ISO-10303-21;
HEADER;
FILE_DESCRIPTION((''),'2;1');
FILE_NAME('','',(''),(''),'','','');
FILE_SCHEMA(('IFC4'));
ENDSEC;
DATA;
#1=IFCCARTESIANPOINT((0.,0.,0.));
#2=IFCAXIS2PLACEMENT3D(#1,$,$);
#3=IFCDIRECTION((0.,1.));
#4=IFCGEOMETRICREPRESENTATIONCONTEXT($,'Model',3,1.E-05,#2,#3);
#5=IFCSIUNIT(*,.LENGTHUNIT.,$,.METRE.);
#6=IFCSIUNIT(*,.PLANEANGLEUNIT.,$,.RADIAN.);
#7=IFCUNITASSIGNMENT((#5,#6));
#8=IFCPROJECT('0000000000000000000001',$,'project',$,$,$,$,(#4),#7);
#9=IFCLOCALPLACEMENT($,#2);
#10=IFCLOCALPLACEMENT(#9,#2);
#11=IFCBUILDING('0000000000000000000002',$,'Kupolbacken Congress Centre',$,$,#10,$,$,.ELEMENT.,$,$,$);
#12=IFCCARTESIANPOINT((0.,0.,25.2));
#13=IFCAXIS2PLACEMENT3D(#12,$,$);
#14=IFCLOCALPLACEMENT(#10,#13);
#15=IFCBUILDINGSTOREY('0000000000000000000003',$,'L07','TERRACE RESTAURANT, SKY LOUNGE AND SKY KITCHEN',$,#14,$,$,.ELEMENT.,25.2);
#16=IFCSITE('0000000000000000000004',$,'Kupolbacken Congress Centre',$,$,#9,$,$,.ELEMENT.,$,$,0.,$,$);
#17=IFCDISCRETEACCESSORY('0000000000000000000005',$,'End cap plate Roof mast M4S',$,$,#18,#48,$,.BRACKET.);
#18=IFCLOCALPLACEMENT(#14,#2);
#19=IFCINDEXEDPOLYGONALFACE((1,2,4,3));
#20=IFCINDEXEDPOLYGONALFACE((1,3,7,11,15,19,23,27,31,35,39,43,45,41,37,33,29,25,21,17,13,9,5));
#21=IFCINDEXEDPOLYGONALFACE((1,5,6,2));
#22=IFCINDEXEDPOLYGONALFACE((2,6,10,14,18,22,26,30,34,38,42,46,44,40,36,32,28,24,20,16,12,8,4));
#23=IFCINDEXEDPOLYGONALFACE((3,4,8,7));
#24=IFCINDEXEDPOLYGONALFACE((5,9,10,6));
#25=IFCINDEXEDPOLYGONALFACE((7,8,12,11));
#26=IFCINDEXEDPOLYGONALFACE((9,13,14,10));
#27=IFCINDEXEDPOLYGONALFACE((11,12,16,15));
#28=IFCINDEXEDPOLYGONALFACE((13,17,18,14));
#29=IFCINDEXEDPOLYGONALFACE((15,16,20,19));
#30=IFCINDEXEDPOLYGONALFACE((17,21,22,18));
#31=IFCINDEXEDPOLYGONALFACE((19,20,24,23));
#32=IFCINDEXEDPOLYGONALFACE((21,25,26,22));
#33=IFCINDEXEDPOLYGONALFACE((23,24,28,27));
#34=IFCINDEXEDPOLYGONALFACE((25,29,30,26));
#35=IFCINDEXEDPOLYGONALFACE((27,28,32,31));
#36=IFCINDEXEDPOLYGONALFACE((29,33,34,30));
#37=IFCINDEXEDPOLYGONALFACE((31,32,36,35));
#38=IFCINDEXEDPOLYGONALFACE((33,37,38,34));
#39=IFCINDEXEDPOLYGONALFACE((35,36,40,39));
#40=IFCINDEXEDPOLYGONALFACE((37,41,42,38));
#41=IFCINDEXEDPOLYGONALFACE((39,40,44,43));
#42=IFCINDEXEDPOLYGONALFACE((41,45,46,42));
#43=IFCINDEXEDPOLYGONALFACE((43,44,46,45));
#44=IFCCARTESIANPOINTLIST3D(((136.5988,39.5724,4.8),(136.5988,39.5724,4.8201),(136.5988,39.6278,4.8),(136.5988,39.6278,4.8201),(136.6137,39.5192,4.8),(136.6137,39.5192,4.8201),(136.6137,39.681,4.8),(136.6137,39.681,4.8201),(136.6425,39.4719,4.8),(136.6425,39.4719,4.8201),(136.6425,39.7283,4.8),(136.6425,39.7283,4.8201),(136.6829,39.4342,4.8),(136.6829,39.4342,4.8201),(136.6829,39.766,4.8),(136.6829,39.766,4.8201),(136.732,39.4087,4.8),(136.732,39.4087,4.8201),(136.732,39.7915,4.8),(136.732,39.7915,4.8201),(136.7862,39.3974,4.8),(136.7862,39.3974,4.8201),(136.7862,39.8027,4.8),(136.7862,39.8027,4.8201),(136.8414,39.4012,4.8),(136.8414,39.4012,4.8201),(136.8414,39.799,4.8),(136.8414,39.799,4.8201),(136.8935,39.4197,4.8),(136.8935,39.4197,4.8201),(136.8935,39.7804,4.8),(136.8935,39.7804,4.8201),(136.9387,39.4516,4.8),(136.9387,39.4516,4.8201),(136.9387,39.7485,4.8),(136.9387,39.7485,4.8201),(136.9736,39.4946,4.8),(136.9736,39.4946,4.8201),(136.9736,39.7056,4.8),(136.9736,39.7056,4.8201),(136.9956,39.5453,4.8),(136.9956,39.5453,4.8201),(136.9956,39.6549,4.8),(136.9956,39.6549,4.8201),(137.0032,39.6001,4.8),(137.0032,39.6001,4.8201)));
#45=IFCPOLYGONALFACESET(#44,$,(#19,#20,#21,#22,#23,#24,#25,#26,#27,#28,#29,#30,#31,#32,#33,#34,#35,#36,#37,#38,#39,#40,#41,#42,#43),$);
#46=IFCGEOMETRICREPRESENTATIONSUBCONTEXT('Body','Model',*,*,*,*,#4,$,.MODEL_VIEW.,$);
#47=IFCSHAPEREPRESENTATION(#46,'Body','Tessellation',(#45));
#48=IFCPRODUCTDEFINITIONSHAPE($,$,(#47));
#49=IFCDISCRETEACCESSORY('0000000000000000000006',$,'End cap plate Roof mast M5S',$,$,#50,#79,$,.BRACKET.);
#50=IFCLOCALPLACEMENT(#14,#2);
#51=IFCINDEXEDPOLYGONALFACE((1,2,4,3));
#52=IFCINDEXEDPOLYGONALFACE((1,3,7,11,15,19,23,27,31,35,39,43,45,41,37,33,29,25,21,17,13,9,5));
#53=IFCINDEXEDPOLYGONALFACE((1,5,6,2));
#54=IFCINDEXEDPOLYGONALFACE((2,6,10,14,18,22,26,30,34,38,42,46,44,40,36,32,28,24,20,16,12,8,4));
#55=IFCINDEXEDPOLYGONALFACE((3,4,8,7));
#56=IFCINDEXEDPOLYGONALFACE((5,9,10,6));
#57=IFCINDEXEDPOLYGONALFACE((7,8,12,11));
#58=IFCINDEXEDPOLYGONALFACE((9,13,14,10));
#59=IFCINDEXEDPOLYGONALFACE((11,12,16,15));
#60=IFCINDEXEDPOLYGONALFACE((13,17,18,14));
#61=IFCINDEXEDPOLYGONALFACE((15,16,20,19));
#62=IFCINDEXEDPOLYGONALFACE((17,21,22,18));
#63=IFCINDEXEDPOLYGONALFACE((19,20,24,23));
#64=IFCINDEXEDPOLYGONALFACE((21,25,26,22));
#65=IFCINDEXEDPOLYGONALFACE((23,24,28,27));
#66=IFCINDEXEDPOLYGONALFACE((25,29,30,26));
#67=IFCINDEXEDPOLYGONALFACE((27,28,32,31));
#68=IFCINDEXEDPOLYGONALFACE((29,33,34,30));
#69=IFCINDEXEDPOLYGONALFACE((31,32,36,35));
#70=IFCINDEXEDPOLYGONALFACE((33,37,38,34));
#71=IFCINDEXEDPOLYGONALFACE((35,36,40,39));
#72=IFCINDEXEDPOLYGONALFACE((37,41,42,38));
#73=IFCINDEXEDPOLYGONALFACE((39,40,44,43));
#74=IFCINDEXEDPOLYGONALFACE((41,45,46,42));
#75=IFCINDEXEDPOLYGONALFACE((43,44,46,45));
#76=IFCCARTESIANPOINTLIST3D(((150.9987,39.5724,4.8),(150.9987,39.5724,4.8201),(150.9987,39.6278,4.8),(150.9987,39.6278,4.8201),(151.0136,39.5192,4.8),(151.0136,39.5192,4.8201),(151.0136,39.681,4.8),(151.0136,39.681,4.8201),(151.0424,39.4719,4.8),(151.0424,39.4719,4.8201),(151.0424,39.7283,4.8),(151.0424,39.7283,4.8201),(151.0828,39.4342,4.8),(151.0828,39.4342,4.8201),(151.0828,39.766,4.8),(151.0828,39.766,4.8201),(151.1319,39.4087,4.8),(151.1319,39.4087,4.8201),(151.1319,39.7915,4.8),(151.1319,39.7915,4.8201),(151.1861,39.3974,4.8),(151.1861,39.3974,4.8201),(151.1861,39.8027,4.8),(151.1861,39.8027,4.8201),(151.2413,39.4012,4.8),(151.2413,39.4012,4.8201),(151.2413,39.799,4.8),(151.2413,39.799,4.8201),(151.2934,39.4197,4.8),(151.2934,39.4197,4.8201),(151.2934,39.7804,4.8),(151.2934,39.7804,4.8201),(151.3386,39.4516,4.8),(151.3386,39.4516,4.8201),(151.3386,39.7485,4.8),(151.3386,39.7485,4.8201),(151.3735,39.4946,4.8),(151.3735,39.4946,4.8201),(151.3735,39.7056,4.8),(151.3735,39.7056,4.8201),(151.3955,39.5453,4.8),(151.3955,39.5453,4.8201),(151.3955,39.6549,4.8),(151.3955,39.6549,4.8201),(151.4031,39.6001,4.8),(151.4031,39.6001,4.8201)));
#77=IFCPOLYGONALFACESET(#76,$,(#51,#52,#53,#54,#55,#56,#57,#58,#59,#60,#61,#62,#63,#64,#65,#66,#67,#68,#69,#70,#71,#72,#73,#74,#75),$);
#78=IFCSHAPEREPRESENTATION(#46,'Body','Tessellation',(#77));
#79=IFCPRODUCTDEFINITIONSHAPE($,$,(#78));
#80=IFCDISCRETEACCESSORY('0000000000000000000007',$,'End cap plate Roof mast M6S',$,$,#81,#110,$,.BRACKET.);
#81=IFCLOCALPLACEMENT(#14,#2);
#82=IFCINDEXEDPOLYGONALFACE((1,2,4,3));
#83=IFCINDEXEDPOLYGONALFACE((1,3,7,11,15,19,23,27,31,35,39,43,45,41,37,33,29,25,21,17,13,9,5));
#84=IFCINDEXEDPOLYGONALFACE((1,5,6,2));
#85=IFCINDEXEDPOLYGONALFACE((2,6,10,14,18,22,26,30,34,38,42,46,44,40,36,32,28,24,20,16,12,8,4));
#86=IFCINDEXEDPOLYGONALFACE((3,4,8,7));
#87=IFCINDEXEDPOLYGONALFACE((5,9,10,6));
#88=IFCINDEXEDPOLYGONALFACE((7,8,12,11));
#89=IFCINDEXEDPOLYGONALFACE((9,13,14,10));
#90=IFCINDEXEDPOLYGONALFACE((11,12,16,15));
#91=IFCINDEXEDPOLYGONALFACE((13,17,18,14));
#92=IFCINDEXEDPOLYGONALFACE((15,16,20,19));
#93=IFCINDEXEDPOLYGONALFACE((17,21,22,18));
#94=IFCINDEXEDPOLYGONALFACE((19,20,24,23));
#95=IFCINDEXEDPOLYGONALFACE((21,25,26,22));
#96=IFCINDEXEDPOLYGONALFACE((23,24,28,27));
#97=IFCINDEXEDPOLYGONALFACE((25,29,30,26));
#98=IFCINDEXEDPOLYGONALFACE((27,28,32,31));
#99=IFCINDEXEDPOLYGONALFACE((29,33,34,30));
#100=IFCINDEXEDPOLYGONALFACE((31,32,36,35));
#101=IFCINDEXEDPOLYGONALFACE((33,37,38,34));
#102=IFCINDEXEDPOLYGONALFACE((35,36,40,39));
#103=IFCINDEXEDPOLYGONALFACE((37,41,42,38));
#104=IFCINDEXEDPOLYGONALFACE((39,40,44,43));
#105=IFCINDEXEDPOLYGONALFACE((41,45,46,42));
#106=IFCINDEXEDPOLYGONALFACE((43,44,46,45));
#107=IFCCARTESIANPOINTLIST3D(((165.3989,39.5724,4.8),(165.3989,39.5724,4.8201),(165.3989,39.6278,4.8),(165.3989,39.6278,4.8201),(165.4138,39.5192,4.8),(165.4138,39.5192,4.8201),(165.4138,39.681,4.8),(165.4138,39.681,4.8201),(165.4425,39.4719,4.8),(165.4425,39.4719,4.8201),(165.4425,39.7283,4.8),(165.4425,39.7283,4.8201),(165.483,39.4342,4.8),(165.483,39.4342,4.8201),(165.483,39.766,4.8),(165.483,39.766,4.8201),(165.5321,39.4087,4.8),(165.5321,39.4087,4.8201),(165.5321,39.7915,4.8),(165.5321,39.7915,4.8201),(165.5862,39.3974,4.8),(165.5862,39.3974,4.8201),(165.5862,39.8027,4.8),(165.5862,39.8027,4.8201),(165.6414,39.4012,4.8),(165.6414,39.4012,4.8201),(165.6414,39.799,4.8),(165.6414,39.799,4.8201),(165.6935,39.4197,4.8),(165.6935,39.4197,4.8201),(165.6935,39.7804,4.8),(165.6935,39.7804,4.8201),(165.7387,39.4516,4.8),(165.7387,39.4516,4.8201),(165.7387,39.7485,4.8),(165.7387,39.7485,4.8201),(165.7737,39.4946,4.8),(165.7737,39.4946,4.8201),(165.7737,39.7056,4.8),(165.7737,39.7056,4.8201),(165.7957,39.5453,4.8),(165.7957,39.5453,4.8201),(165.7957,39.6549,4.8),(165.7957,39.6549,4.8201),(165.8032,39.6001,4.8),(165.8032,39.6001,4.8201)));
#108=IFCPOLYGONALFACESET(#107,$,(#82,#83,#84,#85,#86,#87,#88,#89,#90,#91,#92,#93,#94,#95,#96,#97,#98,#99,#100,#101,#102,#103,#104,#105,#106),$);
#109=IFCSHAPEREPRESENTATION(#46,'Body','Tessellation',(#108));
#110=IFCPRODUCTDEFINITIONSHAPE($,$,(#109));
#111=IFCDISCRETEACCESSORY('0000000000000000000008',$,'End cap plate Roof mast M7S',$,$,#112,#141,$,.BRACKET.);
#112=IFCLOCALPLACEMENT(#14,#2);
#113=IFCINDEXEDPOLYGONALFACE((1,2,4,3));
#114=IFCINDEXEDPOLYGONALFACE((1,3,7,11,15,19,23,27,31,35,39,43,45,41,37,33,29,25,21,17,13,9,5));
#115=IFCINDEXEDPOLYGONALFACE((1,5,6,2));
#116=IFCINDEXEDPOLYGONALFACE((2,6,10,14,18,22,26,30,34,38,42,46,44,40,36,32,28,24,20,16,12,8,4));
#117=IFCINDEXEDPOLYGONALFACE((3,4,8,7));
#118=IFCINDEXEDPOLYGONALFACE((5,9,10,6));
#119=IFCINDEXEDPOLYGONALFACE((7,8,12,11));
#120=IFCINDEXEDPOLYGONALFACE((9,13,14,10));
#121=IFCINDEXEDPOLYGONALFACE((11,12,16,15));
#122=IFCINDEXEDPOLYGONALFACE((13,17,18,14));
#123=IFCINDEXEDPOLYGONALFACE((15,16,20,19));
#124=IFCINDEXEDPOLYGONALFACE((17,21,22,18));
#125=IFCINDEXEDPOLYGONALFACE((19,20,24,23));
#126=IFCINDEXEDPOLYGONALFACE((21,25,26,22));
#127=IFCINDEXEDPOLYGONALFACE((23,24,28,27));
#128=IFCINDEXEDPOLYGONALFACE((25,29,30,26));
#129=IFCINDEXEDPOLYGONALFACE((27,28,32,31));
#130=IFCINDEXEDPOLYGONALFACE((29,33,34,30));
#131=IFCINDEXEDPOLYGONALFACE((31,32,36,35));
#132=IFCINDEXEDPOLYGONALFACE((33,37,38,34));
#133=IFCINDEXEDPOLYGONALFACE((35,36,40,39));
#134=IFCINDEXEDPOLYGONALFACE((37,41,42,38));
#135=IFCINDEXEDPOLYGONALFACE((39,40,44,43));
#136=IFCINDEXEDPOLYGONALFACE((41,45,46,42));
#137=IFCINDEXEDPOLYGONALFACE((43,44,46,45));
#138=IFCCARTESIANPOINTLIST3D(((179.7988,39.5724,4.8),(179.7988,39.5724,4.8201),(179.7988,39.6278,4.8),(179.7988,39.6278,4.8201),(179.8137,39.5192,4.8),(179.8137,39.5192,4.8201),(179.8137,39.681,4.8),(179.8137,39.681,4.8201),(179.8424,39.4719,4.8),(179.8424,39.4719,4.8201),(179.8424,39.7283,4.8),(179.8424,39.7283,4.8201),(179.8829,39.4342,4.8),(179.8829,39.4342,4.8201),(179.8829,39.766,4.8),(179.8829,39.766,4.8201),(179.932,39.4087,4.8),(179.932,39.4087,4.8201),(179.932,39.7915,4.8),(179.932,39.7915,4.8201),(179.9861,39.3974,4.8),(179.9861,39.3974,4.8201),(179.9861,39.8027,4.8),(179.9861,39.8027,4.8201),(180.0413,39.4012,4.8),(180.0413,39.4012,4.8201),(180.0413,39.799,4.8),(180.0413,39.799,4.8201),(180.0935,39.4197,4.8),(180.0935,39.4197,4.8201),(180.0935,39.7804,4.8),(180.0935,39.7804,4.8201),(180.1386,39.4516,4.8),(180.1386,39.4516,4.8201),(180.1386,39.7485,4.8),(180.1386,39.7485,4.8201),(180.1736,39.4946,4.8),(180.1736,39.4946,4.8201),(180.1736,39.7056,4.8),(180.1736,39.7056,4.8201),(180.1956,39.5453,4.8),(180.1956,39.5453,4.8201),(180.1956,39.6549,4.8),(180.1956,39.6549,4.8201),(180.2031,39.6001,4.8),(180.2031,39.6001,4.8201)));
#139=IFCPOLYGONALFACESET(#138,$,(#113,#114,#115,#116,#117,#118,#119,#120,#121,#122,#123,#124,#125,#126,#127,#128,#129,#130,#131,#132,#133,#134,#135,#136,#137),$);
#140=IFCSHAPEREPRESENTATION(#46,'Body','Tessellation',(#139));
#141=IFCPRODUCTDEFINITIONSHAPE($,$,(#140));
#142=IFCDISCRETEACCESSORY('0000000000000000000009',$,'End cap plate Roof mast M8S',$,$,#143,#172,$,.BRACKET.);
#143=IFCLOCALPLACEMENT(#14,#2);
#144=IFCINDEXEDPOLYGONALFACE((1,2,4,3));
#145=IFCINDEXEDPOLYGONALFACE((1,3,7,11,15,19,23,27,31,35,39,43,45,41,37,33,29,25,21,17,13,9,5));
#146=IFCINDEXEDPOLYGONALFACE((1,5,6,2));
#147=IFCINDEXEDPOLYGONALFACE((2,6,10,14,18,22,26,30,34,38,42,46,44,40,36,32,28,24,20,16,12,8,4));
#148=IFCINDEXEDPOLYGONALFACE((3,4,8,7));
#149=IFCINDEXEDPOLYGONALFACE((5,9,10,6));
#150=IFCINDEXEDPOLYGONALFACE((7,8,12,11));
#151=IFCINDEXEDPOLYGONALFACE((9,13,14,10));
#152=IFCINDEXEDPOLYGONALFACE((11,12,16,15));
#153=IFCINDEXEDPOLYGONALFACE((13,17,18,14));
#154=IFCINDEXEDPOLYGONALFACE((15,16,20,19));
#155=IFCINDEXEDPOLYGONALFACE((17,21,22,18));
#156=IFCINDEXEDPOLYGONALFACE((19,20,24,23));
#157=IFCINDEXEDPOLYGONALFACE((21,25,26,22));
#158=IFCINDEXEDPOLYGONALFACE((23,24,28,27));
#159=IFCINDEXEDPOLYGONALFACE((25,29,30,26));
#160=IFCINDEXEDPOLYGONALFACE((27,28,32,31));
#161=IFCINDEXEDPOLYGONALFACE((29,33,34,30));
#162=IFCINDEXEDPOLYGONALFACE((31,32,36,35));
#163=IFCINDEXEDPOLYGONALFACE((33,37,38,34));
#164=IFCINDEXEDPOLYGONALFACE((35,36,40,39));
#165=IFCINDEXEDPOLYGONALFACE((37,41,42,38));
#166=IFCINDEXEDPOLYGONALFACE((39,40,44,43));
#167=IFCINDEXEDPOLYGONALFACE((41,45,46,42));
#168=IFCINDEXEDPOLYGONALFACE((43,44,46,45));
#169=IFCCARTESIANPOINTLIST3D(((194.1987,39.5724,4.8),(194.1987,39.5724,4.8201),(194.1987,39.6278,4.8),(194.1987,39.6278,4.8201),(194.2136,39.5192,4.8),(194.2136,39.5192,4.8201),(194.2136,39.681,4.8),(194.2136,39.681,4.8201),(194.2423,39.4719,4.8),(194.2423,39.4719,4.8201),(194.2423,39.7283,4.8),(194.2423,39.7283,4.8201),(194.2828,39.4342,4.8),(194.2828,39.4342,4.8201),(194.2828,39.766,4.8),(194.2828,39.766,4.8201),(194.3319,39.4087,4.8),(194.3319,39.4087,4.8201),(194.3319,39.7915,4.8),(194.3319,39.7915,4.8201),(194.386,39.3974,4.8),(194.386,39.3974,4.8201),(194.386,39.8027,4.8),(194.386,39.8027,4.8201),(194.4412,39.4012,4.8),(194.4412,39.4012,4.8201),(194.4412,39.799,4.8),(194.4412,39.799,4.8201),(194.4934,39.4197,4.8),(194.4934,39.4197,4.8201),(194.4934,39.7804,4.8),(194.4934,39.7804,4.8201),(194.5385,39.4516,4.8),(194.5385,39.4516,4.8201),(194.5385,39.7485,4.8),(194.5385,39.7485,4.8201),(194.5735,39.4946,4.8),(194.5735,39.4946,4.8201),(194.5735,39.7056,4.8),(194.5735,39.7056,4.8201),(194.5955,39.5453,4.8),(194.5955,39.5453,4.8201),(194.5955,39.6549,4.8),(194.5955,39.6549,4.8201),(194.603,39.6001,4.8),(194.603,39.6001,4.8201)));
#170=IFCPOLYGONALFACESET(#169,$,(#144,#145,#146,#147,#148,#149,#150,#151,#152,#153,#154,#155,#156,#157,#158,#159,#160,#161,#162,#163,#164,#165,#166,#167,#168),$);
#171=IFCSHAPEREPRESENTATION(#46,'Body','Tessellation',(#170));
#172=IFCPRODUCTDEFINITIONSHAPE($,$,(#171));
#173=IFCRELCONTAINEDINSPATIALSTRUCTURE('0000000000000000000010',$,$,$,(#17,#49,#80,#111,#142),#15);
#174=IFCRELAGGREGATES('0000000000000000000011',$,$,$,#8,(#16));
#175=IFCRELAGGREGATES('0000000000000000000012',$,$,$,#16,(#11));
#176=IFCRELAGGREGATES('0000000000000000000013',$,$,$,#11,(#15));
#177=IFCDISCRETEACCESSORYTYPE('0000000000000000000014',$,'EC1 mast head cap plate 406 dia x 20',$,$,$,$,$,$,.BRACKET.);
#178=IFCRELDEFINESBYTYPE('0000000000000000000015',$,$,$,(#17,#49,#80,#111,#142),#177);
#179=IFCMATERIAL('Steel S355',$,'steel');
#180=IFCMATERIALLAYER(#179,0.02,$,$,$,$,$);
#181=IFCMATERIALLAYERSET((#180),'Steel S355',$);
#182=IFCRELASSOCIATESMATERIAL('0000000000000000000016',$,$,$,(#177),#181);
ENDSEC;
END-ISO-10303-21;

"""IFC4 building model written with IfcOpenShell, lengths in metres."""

from ifc_helpers import new_model, si_unit, direction, frame, origin, origin_2d, place, context, subcontext, project, spatial, circle, extrude, material, layer, layer_set, type_object, element, save


model = new_model("IFC4")

# Units and contexts
model_context = context("Model", 3, precision=1e-05, world=origin(), true_north=direction((0.0, 1.0)))
body_context = subcontext(model_context, "Body", "Model", "MODEL_VIEW")
ifc_project = project(units=[si_unit("LENGTHUNIT", "METRE"), si_unit("PLANEANGLEUNIT", "RADIAN")], contexts=[model_context])

# Site, building, storey
site_placement = place(None, origin())
site = spatial("IfcSite", under=ifc_project, at=site_placement, Name="Kupolbacken Congress Centre", CompositionType="ELEMENT", RefElevation=0.0)
building_placement = place(site_placement, origin())
building = spatial("IfcBuilding", under=site, at=building_placement, Name="Kupolbacken Congress Centre", CompositionType="ELEMENT")
storey_placement = place(building_placement, frame((0.0, 0.0, 25.2)))
storey = spatial("IfcBuildingStorey", under=building, at=storey_placement, Name="L07", Description="TERRACE RESTAURANT, SKY LOUNGE AND SKY KITCHEN", CompositionType="ELEMENT", Elevation=25.2)

# Discrete accessories
ifc_material_1 = material(Name="Steel S355", Category="steel")
ifc_layer_1 = layer(ifc_material_1, 0.02)
ifc_layer_set_1 = layer_set([ifc_layer_1], Name="Steel S355")
discrete_accessory_type = type_object("IfcDiscreteAccessoryType", Name="EC1 mast head cap plate 406 dia x 20", PredefinedType="BRACKET", material=ifc_layer_set_1)
for number, where, z_axis, x_axis, name in (
    (1, (136.8, 39.6001, 4.8), (0.0, 0.0, 1.0), (1.0, 0.0, 0.0), "End cap plate Roof mast M4S"),
    (2, (151.2, 39.6001, 4.8), (0.0, 0.0, 1.0), (1.0, 0.0, 0.0), "End cap plate Roof mast M5S"),
    (3, (165.6001, 39.6001, 4.8), (0.0, 0.0, 1.0), (1.0, 0.0, 0.0), "End cap plate Roof mast M6S"),
    (4, (180.0, 39.6001, 4.8), (0.0, 0.0, 1.0), (1.0, 0.0, 0.0), "End cap plate Roof mast M7S"),
    (5, (194.3999, 39.6001, 4.8), (0.0, 0.0, 1.0), (1.0, 0.0, 0.0), "End cap plate Roof mast M8S"),
):
    element("IfcDiscreteAccessory", number, at=place(storey_placement, frame(where, z_axis=z_axis, x_axis=x_axis)), inside=storey, type_object=discrete_accessory_type, Name=name, PredefinedType="BRACKET", context=body_context, shape_type="SweptSolid", body=[
        extrude(circle(Radius=0.2031, at=origin_2d()), origin(), (0.0, 0.0, 1.0), 0.02),
    ])

save(model, "model.ifc")
